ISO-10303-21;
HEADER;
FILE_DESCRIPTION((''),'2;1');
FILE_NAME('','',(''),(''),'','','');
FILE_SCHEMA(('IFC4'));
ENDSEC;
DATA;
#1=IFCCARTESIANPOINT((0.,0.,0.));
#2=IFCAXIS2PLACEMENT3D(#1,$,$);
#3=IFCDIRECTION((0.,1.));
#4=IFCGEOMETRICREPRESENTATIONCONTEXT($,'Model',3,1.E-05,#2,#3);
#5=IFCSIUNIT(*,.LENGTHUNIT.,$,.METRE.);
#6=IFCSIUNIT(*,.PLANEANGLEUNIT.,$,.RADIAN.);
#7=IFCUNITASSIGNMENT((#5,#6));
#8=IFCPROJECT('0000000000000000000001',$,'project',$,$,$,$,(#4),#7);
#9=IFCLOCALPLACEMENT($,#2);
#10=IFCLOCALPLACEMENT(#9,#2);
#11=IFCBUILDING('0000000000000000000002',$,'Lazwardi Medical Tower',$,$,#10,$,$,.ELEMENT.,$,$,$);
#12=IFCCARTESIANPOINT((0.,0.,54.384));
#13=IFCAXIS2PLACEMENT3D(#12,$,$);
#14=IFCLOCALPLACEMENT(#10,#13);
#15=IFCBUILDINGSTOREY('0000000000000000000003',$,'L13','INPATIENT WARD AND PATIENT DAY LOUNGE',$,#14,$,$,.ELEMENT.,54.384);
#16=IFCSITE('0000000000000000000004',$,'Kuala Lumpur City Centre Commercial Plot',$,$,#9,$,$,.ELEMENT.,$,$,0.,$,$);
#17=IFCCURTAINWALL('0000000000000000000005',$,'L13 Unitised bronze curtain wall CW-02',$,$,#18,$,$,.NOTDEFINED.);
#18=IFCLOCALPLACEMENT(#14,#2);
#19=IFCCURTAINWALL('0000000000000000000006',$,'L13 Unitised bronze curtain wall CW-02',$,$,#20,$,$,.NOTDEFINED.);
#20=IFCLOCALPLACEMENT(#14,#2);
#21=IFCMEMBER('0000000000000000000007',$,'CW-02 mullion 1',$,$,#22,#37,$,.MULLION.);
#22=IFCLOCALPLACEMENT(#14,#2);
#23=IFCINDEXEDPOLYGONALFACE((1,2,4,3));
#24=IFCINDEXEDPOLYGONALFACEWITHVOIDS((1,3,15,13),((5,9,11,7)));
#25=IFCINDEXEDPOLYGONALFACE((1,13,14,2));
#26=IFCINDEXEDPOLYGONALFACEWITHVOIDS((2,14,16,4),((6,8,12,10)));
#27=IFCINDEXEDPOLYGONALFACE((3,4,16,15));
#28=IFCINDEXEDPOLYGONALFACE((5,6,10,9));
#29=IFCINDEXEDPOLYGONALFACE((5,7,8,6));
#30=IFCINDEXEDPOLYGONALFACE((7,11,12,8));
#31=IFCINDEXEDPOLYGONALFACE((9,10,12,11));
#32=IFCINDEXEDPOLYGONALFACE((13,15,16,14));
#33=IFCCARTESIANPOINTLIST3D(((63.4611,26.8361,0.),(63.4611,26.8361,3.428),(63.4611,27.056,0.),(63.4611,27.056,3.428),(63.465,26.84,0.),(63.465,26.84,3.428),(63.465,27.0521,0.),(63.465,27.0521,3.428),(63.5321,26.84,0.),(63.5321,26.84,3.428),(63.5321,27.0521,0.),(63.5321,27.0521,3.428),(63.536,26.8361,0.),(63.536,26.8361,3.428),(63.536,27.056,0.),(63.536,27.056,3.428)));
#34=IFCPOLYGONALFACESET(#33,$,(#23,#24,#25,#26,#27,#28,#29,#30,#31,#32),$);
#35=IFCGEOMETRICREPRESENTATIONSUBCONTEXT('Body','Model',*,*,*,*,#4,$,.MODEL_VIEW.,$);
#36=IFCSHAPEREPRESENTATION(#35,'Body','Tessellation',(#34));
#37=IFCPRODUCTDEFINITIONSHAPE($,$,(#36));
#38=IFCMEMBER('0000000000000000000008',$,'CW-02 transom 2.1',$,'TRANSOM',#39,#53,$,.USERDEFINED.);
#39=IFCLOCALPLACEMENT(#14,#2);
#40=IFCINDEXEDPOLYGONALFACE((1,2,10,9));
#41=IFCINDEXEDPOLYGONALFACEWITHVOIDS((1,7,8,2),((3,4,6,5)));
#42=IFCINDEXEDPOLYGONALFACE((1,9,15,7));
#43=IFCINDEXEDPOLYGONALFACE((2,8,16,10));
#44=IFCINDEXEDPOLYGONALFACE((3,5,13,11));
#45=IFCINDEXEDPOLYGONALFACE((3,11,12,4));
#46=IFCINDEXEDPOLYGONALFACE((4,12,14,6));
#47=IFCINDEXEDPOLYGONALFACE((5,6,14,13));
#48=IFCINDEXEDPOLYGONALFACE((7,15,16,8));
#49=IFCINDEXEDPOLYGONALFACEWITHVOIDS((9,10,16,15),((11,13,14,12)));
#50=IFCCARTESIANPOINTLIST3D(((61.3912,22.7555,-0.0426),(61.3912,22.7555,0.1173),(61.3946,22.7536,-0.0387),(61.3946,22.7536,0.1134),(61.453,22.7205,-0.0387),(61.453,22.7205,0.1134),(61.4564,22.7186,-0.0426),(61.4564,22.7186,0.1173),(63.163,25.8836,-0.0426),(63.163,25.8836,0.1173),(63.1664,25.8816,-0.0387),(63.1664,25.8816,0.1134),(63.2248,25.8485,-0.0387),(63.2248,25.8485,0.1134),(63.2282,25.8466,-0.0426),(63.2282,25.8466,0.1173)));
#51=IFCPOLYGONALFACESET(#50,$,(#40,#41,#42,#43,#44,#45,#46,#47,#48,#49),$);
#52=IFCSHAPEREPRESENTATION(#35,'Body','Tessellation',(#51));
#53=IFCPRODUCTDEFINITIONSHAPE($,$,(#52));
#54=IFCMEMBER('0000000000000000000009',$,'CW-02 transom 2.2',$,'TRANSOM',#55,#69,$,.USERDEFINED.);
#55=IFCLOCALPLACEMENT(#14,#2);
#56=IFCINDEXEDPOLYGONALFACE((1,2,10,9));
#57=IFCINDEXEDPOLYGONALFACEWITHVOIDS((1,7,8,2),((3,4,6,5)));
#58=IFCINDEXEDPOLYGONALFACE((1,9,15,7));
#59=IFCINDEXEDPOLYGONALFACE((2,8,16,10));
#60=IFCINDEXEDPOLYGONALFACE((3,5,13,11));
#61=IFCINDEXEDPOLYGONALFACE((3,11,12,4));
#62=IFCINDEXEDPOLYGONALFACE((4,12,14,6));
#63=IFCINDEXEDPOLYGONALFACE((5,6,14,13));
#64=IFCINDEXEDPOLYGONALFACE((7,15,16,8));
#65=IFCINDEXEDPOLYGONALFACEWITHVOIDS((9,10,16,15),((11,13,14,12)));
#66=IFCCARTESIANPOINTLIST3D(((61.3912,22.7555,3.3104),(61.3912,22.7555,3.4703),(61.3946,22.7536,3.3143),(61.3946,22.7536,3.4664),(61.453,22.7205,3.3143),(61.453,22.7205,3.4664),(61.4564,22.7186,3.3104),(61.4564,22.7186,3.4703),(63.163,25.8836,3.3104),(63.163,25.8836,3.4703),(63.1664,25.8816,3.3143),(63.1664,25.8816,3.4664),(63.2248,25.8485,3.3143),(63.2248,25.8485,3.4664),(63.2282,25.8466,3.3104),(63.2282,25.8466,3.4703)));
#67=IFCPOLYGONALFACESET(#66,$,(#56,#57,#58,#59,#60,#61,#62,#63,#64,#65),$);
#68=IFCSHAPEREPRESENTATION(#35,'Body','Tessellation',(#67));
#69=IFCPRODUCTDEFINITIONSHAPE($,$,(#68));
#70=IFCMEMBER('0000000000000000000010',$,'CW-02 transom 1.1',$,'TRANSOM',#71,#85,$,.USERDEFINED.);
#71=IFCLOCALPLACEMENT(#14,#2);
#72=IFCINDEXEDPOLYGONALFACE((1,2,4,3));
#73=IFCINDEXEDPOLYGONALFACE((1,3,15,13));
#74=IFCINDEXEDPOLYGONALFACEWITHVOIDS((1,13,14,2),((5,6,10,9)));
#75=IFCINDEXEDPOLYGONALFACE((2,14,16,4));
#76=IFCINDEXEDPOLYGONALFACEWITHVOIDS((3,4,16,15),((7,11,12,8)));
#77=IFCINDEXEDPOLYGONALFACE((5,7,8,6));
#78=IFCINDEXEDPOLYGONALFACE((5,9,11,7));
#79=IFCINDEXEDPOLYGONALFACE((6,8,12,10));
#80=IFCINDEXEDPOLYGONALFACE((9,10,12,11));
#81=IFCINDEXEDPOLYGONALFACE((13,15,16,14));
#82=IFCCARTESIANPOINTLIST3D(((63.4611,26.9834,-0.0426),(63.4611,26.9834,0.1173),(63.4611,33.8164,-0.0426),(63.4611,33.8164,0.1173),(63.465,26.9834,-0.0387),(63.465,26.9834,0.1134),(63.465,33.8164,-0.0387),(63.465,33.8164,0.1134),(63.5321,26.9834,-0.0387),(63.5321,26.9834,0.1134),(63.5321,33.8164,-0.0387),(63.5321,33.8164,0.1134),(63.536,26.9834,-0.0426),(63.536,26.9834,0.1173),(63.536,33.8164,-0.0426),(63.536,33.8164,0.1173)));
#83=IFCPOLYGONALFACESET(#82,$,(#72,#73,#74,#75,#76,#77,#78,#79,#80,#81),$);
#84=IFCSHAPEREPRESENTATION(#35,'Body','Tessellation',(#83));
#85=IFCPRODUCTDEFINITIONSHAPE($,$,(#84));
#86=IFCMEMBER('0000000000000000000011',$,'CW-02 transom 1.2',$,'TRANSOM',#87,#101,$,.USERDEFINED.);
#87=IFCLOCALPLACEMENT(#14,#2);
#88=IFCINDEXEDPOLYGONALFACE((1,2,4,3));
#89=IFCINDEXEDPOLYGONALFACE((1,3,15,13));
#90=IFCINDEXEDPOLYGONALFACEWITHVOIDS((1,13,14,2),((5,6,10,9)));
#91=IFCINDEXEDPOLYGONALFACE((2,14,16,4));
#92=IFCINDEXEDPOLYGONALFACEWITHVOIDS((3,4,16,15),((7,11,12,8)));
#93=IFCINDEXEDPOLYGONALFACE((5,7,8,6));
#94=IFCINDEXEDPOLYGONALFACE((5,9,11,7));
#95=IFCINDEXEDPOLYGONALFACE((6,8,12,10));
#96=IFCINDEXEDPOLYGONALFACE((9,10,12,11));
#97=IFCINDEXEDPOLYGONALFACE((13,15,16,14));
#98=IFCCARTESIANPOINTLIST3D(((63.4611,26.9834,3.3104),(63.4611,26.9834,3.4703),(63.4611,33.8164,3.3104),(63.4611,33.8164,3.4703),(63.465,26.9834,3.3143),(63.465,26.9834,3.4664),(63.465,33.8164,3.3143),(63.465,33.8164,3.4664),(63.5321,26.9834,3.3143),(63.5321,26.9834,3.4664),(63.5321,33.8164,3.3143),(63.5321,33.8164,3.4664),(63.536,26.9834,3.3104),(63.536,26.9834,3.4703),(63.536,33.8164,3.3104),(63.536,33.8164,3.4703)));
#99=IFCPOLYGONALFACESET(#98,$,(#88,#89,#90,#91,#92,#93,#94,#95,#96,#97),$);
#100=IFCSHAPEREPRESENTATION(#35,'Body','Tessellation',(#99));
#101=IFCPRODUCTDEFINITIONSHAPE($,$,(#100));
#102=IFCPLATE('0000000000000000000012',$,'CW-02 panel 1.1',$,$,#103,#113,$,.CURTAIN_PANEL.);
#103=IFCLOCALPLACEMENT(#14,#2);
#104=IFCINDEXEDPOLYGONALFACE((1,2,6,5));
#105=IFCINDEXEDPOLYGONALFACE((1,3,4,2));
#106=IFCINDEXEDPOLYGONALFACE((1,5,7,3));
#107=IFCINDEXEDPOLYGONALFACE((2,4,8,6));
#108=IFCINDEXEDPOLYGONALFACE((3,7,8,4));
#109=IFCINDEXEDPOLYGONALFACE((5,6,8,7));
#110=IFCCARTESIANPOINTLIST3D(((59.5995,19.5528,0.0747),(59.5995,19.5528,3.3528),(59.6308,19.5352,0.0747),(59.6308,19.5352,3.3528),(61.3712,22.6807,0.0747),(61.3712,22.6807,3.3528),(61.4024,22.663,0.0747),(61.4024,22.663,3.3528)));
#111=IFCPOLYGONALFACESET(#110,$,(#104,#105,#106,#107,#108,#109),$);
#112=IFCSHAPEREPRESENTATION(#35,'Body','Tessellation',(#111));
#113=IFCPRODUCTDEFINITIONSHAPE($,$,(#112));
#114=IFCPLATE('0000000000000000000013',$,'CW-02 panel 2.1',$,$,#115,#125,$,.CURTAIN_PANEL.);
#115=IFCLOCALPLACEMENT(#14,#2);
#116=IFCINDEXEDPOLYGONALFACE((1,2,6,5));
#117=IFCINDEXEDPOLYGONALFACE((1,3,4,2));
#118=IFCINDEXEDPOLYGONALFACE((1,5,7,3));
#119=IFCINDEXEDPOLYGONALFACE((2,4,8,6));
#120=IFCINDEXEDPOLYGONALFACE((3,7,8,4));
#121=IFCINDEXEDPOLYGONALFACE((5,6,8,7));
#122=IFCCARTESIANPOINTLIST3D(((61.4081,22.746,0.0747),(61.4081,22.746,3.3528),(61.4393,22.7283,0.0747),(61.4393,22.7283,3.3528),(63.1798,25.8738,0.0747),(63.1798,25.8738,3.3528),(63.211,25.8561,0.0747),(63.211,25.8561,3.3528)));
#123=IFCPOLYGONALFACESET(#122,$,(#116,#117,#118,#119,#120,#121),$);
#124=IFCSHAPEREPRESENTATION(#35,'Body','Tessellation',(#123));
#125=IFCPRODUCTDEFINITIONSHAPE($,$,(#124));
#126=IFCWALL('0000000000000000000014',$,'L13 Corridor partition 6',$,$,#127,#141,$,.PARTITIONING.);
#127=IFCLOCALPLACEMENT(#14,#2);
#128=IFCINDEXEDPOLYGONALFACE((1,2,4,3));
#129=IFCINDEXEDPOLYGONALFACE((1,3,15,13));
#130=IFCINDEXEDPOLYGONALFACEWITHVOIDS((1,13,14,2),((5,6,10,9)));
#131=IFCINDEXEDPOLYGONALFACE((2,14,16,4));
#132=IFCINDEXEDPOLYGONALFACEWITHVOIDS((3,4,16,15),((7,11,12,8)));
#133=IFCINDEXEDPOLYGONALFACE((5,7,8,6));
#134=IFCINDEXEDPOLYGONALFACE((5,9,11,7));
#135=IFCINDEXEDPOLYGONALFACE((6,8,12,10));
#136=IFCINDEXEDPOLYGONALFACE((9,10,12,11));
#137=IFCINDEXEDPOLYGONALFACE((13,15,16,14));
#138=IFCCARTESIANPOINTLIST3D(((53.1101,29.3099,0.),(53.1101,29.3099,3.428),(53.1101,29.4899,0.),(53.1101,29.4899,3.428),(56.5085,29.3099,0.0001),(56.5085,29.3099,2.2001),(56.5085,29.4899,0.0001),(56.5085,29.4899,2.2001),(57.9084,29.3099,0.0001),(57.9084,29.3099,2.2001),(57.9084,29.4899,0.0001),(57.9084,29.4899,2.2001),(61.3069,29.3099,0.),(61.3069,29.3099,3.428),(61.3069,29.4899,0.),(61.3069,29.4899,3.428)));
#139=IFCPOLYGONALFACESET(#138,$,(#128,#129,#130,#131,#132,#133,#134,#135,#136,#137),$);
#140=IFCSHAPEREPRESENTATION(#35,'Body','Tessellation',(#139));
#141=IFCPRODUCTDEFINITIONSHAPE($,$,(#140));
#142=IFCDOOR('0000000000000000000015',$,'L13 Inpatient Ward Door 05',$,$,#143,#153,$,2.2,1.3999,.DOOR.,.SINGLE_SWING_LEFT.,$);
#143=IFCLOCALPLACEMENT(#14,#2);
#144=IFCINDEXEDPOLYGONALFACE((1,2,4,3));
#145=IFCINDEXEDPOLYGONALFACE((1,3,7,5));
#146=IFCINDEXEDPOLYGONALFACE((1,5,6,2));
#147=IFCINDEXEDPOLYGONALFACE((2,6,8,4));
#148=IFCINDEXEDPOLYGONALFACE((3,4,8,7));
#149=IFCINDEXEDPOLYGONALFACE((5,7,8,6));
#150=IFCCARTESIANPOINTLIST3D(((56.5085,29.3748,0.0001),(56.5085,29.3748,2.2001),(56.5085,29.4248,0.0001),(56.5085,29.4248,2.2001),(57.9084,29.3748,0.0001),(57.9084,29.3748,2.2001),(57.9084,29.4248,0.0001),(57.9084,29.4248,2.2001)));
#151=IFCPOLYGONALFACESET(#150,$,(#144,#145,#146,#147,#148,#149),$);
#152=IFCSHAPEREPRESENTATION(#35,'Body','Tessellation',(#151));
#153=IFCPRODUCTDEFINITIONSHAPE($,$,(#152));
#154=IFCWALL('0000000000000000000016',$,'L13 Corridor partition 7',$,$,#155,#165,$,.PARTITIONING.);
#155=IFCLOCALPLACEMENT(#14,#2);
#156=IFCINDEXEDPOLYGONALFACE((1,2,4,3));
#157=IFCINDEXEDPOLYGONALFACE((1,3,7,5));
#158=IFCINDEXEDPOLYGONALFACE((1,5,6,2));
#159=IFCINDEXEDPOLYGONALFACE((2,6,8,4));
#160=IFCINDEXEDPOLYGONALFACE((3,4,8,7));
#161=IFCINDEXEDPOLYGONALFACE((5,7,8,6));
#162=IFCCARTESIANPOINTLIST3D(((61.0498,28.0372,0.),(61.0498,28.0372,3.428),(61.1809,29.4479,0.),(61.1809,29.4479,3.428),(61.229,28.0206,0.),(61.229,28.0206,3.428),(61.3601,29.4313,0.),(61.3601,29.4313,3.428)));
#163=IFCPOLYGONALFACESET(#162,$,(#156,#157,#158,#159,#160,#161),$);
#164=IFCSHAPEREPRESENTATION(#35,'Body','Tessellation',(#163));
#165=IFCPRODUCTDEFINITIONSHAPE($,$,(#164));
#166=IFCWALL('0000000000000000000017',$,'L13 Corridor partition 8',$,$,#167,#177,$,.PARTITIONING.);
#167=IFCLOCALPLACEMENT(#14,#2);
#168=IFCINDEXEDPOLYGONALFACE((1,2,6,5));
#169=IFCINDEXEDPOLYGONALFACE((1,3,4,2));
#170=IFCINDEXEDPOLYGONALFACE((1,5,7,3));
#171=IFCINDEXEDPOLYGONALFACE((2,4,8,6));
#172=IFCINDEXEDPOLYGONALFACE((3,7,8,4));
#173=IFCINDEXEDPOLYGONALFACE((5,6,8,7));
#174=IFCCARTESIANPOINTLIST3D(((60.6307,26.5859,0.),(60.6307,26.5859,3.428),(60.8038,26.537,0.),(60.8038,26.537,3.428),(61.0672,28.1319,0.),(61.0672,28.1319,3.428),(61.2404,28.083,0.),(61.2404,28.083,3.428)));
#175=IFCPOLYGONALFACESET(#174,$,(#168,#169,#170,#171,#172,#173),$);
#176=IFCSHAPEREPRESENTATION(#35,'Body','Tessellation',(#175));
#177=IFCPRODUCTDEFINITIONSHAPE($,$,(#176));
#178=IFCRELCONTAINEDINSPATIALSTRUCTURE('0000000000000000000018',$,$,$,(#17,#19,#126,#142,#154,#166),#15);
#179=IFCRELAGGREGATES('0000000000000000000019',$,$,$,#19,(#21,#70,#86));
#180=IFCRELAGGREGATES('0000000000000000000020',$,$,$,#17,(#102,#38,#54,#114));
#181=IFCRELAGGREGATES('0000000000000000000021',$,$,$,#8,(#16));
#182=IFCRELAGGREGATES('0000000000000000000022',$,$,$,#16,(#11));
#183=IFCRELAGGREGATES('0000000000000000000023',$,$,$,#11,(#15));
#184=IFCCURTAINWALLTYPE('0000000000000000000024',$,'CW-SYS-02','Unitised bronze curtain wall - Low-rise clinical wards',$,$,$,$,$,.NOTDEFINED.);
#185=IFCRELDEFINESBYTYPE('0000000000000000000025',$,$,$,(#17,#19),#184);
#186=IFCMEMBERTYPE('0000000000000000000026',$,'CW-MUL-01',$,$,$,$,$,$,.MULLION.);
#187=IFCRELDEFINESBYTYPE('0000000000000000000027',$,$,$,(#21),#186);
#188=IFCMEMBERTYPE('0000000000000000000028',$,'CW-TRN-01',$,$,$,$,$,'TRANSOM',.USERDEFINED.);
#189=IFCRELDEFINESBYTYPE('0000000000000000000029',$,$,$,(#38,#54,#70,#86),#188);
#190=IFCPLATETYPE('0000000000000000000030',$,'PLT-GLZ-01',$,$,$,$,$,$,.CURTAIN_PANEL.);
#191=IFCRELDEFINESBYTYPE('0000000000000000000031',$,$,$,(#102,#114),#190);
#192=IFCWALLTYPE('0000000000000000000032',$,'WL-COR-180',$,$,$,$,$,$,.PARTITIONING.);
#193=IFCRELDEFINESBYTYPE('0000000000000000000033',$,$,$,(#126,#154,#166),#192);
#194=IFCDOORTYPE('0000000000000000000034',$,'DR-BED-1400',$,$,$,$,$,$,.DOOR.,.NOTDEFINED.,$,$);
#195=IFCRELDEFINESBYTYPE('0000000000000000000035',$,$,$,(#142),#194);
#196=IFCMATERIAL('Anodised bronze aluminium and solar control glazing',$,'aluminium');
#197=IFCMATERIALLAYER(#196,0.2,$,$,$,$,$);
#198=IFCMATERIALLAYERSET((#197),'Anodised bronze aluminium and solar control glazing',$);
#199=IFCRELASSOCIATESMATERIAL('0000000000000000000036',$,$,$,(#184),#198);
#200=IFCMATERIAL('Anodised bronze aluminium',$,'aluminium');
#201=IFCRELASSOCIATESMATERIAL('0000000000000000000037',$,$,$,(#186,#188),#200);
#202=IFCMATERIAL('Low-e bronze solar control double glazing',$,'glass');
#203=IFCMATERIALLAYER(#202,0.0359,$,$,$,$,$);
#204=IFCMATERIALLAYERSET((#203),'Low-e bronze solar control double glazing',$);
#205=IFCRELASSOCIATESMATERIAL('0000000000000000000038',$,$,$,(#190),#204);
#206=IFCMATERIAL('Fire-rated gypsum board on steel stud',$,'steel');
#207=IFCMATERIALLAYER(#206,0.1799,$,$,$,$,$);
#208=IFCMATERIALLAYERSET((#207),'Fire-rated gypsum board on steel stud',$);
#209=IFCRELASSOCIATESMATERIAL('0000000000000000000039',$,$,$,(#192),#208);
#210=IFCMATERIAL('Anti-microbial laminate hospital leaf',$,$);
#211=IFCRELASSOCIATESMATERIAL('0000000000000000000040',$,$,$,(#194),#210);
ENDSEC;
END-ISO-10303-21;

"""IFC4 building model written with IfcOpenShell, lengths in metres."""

from ifc_helpers import new_model, si_unit, direction, frame, frame_2d, origin, origin_2d, place, context, subcontext, project, spatial, rectangle, hollow_rectangle, extrude, material, layer, layer_set, material_profile, profile_set, type_object, element, fill, aggregate, save


model = new_model("IFC4")

# Units and contexts
model_context = context("Model", 3, precision=1e-05, world=origin(), true_north=direction((0.0, 1.0)))
body_context = subcontext(model_context, "Body", "Model", "MODEL_VIEW")
ifc_project = project(units=[si_unit("LENGTHUNIT", "METRE"), si_unit("PLANEANGLEUNIT", "RADIAN")], contexts=[model_context])

# Site, building, storey
site_placement = place(None, origin())
site = spatial("IfcSite", under=ifc_project, at=site_placement, Name="Kuala Lumpur City Centre Commercial Plot", CompositionType="ELEMENT", RefElevation=0.0)
building_placement = place(site_placement, origin())
building = spatial("IfcBuilding", under=site, at=building_placement, Name="Lazwardi Medical Tower", CompositionType="ELEMENT")
storey_placement = place(building_placement, frame((0.0, 0.0, 54.384)))
storey = spatial("IfcBuildingStorey", under=building, at=storey_placement, Name="L13", Description="INPATIENT WARD AND PATIENT DAY LOUNGE", CompositionType="ELEMENT", Elevation=54.384)

# Curtain wall
ifc_material_1 = material(Name="Anodised bronze aluminium and solar control glazing", Category="aluminium")
ifc_layer_1 = layer(ifc_material_1, 0.2)
ifc_layer_set_1 = layer_set([ifc_layer_1], Name="Anodised bronze aluminium and solar control glazing")
curtain_wall_type = type_object("IfcCurtainWallType", Name="CW-SYS-02", Description="Unitised bronze curtain wall - Low-rise clinical wards", PredefinedType="NOTDEFINED", material=ifc_layer_set_1)
curtain_wall_1_placement = place(storey_placement, origin())
curtain_wall_1 = element("IfcCurtainWall", 1, at=curtain_wall_1_placement, inside=storey, type_object=curtain_wall_type, Name="L13 Unitised bronze curtain wall CW-02", PredefinedType="NOTDEFINED")
ifc_material_2 = material(Name="Anodised bronze aluminium", Category="aluminium")
ifc_material_profile_1 = material_profile(ifc_material_2, hollow_rectangle(XDim=0.075, YDim=0.22, WallThickness=0.0039, at=origin_2d()), Name="ALU-MULLION 220x75x4")
ifc_profile_set_1 = profile_set([ifc_material_profile_1], Name="Anodised bronze aluminium")
member_type_1 = type_object("IfcMemberType", Name="CW-MUL-01", PredefinedType="MULLION", material=ifc_profile_set_1)

# Curtain wall, member
curtain_wall_2_placement = place(storey_placement, origin())
curtain_wall_2 = element("IfcCurtainWall", 2, at=curtain_wall_2_placement, inside=storey, type_object=curtain_wall_type, Name="L13 Unitised bronze curtain wall CW-02", PredefinedType="NOTDEFINED")
member_1_placement = place(storey_placement, frame((63.4985, 26.946, 0.0), z_axis=(0.0, 0.0, 1.0), x_axis=(-1.0, 0.0, 0.0)))
member_1 = element("IfcMember", 3, at=member_1_placement, type_object=member_type_1, Name="CW-02 mullion 1", PredefinedType="MULLION", context=body_context, shape_type="SweptSolid", body=[
    extrude(hollow_rectangle(XDim=0.075, YDim=0.22, WallThickness=0.0039, at=origin_2d()), origin(), (0.0, 0.0, 1.0), 3.428),
])

# Members
ifc_material_profile_2 = material_profile(ifc_material_2, hollow_rectangle(XDim=0.075, YDim=0.1599, WallThickness=0.0039, at=origin_2d()), Name="ALU-TRANSOM 160x75x4")
ifc_profile_set_2 = profile_set([ifc_material_profile_2], Name="Anodised bronze aluminium")
member_type_2 = type_object("IfcMemberType", Name="CW-TRN-01", ElementType="TRANSOM", PredefinedType="USERDEFINED", material=ifc_profile_set_2)
member_2_placement = place(storey_placement, frame((61.4238, 22.7371, 0.0374), z_axis=(0.492851, 0.870113, 0.0), x_axis=(-0.870113, 0.492851, 0.0)))
member_2 = element("IfcMember", 4, at=member_2_placement, type_object=member_type_2, Name="CW-02 transom 2.1", ObjectType="TRANSOM", PredefinedType="USERDEFINED", context=body_context, shape_type="SweptSolid", body=[
    extrude(hollow_rectangle(XDim=0.075, YDim=0.1599, WallThickness=0.0039, at=origin_2d()), origin(), (0.0, 0.0, 1.0), 3.595),
])
member_3_placement = place(storey_placement, frame((61.4238, 22.7371, 3.3904), z_axis=(0.492851, 0.870113, 0.0), x_axis=(-0.870113, 0.492851, 0.0)))
member_3 = element("IfcMember", 5, at=member_3_placement, type_object=member_type_2, Name="CW-02 transom 2.2", ObjectType="TRANSOM", PredefinedType="USERDEFINED", context=body_context, shape_type="SweptSolid", body=[
    extrude(hollow_rectangle(XDim=0.075, YDim=0.1599, WallThickness=0.0039, at=origin_2d()), origin(), (0.0, 0.0, 1.0), 3.595),
])
member_4_placement = place(storey_placement, frame((63.4985, 26.9834, 0.0374), z_axis=(0.0, 1.0, 0.0), x_axis=(-1.0, 0.0, 0.0)))
member_4 = element("IfcMember", 6, at=member_4_placement, type_object=member_type_2, Name="CW-02 transom 1.1", ObjectType="TRANSOM", PredefinedType="USERDEFINED", context=body_context, shape_type="SweptSolid", body=[
    extrude(hollow_rectangle(XDim=0.075, YDim=0.1599, WallThickness=0.0039, at=origin_2d()), origin(), (0.0, 0.0, 1.0), 6.833),
])
member_5_placement = place(storey_placement, frame((63.4985, 26.9834, 3.3904), z_axis=(0.0, 1.0, 0.0), x_axis=(-1.0, 0.0, 0.0)))
member_5 = element("IfcMember", 7, at=member_5_placement, type_object=member_type_2, Name="CW-02 transom 1.2", ObjectType="TRANSOM", PredefinedType="USERDEFINED", context=body_context, shape_type="SweptSolid", body=[
    extrude(hollow_rectangle(XDim=0.075, YDim=0.1599, WallThickness=0.0039, at=origin_2d()), origin(), (0.0, 0.0, 1.0), 6.833),
])
aggregate(curtain_wall_2, [member_1, member_4, member_5])

# Plates
ifc_material_3 = material(Name="Low-e bronze solar control double glazing", Category="glass")
ifc_layer_2 = layer(ifc_material_3, 0.0359)
ifc_layer_set_2 = layer_set([ifc_layer_2], Name="Low-e bronze solar control double glazing")
plate_type = type_object("IfcPlateType", Name="PLT-GLZ-01", PredefinedType="CURTAIN_PANEL", material=ifc_layer_set_2)
plate_1_placement = place(storey_placement, frame((60.501, 21.1079, 0.0747), z_axis=(0.0, 0.0, 1.0), x_axis=(0.492854, 0.870112, 0.0)))
plate_1 = element("IfcPlate", 8, at=plate_1_placement, type_object=plate_type, Name="CW-02 panel 1.1", PredefinedType="CURTAIN_PANEL", context=body_context, shape_type="SweptSolid", body=[
    extrude(rectangle(XDim=3.5947, YDim=0.0359, at=origin_2d()), origin(), (0.0, 0.0, 1.0), 3.2781),
])
plate_2_placement = place(storey_placement, frame((62.3096, 24.301, 0.0747), z_axis=(0.0, 0.0, 1.0), x_axis=(0.492854, 0.870112, 0.0)))
plate_2 = element("IfcPlate", 9, at=plate_2_placement, type_object=plate_type, Name="CW-02 panel 2.1", PredefinedType="CURTAIN_PANEL", context=body_context, shape_type="SweptSolid", body=[
    extrude(rectangle(XDim=3.5947, YDim=0.0359, at=origin_2d()), origin(), (0.0, 0.0, 1.0), 3.2781),
])
aggregate(curtain_wall_1, [plate_1, member_2, member_3, plate_2])

# Wall, opening, door
ifc_material_4 = material(Name="Fire-rated gypsum board on steel stud", Category="steel")
ifc_layer_3 = layer(ifc_material_4, 0.1799)
ifc_layer_set_3 = layer_set([ifc_layer_3], Name="Fire-rated gypsum board on steel stud")
wall_type_1 = type_object("IfcWallType", Name="WL-COR-180", PredefinedType="PARTITIONING", material=ifc_layer_set_3)
wall_1_placement = place(storey_placement, frame((53.1101, 29.3999, 0.0), z_axis=(0.0, 0.0, 1.0), x_axis=(1.0, 0.0, 0.0)))
wall_1 = element("IfcWall", 10, at=wall_1_placement, inside=storey, type_object=wall_type_1, Name="L13 Corridor partition 6", PredefinedType="PARTITIONING", context=body_context, shape_type="SweptSolid", body=[
    extrude(rectangle(XDim=8.1968, YDim=0.1799, at=frame_2d((4.0984, 0.0))), origin(), (0.0, 0.0, 1.0), 3.428),
])
opening_1_placement = place(wall_1_placement, frame((3.3984, 0.0, 0.0)))
opening_1 = element("IfcOpeningElement", 11, at=opening_1_placement, cuts=wall_1, PredefinedType="OPENING", context=body_context, shape_type="SweptSolid", body=[
    extrude(rectangle(XDim=1.3999, YDim=2.2, at=frame_2d((0.7, 1.1001))), frame((0.0, 0.0999, 0.0), z_axis=(0.0, -1.0, 0.0), x_axis=(1.0, 0.0, 0.0)), (0.0, 0.0, 1.0), 0.2),
])
ifc_material_5 = material(Name="Anti-microbial laminate hospital leaf")
door_type_1 = type_object("IfcDoorType", Name="DR-BED-1400", OperationType="NOTDEFINED", PredefinedType="DOOR", material=ifc_material_5)
door_1_placement = place(opening_1_placement, origin())
door_1 = element("IfcDoor", 12, at=door_1_placement, inside=storey, type_object=door_type_1, Name="L13 Inpatient Ward Door 05", OperationType="SINGLE_SWING_LEFT", OverallHeight=2.2, OverallWidth=1.3999, PredefinedType="DOOR", context=body_context, shape_type="SweptSolid", body=[
    extrude(rectangle(XDim=1.3999, YDim=2.2, at=frame_2d((0.7, 1.1001))), frame((0.0, 0.0249, 0.0), z_axis=(0.0, -1.0, 0.0), x_axis=(1.0, 0.0, 0.0)), (0.0, 0.0, 1.0), 0.05),
])
fill(opening_1, door_1)

# Walls
wall_2_placement = place(storey_placement, frame((61.2705, 29.4397, 0.0), z_axis=(0.0, 0.0, 1.0), x_axis=(-0.09254, -0.995709, 0.0)))
element("IfcWall", 13, at=wall_2_placement, inside=storey, type_object=wall_type_1, Name="L13 Corridor partition 7", PredefinedType="PARTITIONING", context=body_context, shape_type="SweptSolid", body=[
    extrude(rectangle(XDim=1.4167, YDim=0.1799, at=frame_2d((0.7085, 0.0))), origin(), (0.0, 0.0, 1.0), 3.428),
])
wall_3_placement = place(storey_placement, frame((61.1538, 28.1074, 0.0), z_axis=(0.0, 0.0, 1.0), x_axis=(-0.271749, -0.962368, 0.0)))
element("IfcWall", 14, at=wall_3_placement, inside=storey, type_object=wall_type_1, Name="L13 Corridor partition 8", PredefinedType="PARTITIONING", context=body_context, shape_type="SweptSolid", body=[
    extrude(rectangle(XDim=1.6064, YDim=0.1799, at=frame_2d((0.8032, 0.0))), origin(), (0.0, 0.0, 1.0), 3.428),
])

save(model, "model.ifc")
